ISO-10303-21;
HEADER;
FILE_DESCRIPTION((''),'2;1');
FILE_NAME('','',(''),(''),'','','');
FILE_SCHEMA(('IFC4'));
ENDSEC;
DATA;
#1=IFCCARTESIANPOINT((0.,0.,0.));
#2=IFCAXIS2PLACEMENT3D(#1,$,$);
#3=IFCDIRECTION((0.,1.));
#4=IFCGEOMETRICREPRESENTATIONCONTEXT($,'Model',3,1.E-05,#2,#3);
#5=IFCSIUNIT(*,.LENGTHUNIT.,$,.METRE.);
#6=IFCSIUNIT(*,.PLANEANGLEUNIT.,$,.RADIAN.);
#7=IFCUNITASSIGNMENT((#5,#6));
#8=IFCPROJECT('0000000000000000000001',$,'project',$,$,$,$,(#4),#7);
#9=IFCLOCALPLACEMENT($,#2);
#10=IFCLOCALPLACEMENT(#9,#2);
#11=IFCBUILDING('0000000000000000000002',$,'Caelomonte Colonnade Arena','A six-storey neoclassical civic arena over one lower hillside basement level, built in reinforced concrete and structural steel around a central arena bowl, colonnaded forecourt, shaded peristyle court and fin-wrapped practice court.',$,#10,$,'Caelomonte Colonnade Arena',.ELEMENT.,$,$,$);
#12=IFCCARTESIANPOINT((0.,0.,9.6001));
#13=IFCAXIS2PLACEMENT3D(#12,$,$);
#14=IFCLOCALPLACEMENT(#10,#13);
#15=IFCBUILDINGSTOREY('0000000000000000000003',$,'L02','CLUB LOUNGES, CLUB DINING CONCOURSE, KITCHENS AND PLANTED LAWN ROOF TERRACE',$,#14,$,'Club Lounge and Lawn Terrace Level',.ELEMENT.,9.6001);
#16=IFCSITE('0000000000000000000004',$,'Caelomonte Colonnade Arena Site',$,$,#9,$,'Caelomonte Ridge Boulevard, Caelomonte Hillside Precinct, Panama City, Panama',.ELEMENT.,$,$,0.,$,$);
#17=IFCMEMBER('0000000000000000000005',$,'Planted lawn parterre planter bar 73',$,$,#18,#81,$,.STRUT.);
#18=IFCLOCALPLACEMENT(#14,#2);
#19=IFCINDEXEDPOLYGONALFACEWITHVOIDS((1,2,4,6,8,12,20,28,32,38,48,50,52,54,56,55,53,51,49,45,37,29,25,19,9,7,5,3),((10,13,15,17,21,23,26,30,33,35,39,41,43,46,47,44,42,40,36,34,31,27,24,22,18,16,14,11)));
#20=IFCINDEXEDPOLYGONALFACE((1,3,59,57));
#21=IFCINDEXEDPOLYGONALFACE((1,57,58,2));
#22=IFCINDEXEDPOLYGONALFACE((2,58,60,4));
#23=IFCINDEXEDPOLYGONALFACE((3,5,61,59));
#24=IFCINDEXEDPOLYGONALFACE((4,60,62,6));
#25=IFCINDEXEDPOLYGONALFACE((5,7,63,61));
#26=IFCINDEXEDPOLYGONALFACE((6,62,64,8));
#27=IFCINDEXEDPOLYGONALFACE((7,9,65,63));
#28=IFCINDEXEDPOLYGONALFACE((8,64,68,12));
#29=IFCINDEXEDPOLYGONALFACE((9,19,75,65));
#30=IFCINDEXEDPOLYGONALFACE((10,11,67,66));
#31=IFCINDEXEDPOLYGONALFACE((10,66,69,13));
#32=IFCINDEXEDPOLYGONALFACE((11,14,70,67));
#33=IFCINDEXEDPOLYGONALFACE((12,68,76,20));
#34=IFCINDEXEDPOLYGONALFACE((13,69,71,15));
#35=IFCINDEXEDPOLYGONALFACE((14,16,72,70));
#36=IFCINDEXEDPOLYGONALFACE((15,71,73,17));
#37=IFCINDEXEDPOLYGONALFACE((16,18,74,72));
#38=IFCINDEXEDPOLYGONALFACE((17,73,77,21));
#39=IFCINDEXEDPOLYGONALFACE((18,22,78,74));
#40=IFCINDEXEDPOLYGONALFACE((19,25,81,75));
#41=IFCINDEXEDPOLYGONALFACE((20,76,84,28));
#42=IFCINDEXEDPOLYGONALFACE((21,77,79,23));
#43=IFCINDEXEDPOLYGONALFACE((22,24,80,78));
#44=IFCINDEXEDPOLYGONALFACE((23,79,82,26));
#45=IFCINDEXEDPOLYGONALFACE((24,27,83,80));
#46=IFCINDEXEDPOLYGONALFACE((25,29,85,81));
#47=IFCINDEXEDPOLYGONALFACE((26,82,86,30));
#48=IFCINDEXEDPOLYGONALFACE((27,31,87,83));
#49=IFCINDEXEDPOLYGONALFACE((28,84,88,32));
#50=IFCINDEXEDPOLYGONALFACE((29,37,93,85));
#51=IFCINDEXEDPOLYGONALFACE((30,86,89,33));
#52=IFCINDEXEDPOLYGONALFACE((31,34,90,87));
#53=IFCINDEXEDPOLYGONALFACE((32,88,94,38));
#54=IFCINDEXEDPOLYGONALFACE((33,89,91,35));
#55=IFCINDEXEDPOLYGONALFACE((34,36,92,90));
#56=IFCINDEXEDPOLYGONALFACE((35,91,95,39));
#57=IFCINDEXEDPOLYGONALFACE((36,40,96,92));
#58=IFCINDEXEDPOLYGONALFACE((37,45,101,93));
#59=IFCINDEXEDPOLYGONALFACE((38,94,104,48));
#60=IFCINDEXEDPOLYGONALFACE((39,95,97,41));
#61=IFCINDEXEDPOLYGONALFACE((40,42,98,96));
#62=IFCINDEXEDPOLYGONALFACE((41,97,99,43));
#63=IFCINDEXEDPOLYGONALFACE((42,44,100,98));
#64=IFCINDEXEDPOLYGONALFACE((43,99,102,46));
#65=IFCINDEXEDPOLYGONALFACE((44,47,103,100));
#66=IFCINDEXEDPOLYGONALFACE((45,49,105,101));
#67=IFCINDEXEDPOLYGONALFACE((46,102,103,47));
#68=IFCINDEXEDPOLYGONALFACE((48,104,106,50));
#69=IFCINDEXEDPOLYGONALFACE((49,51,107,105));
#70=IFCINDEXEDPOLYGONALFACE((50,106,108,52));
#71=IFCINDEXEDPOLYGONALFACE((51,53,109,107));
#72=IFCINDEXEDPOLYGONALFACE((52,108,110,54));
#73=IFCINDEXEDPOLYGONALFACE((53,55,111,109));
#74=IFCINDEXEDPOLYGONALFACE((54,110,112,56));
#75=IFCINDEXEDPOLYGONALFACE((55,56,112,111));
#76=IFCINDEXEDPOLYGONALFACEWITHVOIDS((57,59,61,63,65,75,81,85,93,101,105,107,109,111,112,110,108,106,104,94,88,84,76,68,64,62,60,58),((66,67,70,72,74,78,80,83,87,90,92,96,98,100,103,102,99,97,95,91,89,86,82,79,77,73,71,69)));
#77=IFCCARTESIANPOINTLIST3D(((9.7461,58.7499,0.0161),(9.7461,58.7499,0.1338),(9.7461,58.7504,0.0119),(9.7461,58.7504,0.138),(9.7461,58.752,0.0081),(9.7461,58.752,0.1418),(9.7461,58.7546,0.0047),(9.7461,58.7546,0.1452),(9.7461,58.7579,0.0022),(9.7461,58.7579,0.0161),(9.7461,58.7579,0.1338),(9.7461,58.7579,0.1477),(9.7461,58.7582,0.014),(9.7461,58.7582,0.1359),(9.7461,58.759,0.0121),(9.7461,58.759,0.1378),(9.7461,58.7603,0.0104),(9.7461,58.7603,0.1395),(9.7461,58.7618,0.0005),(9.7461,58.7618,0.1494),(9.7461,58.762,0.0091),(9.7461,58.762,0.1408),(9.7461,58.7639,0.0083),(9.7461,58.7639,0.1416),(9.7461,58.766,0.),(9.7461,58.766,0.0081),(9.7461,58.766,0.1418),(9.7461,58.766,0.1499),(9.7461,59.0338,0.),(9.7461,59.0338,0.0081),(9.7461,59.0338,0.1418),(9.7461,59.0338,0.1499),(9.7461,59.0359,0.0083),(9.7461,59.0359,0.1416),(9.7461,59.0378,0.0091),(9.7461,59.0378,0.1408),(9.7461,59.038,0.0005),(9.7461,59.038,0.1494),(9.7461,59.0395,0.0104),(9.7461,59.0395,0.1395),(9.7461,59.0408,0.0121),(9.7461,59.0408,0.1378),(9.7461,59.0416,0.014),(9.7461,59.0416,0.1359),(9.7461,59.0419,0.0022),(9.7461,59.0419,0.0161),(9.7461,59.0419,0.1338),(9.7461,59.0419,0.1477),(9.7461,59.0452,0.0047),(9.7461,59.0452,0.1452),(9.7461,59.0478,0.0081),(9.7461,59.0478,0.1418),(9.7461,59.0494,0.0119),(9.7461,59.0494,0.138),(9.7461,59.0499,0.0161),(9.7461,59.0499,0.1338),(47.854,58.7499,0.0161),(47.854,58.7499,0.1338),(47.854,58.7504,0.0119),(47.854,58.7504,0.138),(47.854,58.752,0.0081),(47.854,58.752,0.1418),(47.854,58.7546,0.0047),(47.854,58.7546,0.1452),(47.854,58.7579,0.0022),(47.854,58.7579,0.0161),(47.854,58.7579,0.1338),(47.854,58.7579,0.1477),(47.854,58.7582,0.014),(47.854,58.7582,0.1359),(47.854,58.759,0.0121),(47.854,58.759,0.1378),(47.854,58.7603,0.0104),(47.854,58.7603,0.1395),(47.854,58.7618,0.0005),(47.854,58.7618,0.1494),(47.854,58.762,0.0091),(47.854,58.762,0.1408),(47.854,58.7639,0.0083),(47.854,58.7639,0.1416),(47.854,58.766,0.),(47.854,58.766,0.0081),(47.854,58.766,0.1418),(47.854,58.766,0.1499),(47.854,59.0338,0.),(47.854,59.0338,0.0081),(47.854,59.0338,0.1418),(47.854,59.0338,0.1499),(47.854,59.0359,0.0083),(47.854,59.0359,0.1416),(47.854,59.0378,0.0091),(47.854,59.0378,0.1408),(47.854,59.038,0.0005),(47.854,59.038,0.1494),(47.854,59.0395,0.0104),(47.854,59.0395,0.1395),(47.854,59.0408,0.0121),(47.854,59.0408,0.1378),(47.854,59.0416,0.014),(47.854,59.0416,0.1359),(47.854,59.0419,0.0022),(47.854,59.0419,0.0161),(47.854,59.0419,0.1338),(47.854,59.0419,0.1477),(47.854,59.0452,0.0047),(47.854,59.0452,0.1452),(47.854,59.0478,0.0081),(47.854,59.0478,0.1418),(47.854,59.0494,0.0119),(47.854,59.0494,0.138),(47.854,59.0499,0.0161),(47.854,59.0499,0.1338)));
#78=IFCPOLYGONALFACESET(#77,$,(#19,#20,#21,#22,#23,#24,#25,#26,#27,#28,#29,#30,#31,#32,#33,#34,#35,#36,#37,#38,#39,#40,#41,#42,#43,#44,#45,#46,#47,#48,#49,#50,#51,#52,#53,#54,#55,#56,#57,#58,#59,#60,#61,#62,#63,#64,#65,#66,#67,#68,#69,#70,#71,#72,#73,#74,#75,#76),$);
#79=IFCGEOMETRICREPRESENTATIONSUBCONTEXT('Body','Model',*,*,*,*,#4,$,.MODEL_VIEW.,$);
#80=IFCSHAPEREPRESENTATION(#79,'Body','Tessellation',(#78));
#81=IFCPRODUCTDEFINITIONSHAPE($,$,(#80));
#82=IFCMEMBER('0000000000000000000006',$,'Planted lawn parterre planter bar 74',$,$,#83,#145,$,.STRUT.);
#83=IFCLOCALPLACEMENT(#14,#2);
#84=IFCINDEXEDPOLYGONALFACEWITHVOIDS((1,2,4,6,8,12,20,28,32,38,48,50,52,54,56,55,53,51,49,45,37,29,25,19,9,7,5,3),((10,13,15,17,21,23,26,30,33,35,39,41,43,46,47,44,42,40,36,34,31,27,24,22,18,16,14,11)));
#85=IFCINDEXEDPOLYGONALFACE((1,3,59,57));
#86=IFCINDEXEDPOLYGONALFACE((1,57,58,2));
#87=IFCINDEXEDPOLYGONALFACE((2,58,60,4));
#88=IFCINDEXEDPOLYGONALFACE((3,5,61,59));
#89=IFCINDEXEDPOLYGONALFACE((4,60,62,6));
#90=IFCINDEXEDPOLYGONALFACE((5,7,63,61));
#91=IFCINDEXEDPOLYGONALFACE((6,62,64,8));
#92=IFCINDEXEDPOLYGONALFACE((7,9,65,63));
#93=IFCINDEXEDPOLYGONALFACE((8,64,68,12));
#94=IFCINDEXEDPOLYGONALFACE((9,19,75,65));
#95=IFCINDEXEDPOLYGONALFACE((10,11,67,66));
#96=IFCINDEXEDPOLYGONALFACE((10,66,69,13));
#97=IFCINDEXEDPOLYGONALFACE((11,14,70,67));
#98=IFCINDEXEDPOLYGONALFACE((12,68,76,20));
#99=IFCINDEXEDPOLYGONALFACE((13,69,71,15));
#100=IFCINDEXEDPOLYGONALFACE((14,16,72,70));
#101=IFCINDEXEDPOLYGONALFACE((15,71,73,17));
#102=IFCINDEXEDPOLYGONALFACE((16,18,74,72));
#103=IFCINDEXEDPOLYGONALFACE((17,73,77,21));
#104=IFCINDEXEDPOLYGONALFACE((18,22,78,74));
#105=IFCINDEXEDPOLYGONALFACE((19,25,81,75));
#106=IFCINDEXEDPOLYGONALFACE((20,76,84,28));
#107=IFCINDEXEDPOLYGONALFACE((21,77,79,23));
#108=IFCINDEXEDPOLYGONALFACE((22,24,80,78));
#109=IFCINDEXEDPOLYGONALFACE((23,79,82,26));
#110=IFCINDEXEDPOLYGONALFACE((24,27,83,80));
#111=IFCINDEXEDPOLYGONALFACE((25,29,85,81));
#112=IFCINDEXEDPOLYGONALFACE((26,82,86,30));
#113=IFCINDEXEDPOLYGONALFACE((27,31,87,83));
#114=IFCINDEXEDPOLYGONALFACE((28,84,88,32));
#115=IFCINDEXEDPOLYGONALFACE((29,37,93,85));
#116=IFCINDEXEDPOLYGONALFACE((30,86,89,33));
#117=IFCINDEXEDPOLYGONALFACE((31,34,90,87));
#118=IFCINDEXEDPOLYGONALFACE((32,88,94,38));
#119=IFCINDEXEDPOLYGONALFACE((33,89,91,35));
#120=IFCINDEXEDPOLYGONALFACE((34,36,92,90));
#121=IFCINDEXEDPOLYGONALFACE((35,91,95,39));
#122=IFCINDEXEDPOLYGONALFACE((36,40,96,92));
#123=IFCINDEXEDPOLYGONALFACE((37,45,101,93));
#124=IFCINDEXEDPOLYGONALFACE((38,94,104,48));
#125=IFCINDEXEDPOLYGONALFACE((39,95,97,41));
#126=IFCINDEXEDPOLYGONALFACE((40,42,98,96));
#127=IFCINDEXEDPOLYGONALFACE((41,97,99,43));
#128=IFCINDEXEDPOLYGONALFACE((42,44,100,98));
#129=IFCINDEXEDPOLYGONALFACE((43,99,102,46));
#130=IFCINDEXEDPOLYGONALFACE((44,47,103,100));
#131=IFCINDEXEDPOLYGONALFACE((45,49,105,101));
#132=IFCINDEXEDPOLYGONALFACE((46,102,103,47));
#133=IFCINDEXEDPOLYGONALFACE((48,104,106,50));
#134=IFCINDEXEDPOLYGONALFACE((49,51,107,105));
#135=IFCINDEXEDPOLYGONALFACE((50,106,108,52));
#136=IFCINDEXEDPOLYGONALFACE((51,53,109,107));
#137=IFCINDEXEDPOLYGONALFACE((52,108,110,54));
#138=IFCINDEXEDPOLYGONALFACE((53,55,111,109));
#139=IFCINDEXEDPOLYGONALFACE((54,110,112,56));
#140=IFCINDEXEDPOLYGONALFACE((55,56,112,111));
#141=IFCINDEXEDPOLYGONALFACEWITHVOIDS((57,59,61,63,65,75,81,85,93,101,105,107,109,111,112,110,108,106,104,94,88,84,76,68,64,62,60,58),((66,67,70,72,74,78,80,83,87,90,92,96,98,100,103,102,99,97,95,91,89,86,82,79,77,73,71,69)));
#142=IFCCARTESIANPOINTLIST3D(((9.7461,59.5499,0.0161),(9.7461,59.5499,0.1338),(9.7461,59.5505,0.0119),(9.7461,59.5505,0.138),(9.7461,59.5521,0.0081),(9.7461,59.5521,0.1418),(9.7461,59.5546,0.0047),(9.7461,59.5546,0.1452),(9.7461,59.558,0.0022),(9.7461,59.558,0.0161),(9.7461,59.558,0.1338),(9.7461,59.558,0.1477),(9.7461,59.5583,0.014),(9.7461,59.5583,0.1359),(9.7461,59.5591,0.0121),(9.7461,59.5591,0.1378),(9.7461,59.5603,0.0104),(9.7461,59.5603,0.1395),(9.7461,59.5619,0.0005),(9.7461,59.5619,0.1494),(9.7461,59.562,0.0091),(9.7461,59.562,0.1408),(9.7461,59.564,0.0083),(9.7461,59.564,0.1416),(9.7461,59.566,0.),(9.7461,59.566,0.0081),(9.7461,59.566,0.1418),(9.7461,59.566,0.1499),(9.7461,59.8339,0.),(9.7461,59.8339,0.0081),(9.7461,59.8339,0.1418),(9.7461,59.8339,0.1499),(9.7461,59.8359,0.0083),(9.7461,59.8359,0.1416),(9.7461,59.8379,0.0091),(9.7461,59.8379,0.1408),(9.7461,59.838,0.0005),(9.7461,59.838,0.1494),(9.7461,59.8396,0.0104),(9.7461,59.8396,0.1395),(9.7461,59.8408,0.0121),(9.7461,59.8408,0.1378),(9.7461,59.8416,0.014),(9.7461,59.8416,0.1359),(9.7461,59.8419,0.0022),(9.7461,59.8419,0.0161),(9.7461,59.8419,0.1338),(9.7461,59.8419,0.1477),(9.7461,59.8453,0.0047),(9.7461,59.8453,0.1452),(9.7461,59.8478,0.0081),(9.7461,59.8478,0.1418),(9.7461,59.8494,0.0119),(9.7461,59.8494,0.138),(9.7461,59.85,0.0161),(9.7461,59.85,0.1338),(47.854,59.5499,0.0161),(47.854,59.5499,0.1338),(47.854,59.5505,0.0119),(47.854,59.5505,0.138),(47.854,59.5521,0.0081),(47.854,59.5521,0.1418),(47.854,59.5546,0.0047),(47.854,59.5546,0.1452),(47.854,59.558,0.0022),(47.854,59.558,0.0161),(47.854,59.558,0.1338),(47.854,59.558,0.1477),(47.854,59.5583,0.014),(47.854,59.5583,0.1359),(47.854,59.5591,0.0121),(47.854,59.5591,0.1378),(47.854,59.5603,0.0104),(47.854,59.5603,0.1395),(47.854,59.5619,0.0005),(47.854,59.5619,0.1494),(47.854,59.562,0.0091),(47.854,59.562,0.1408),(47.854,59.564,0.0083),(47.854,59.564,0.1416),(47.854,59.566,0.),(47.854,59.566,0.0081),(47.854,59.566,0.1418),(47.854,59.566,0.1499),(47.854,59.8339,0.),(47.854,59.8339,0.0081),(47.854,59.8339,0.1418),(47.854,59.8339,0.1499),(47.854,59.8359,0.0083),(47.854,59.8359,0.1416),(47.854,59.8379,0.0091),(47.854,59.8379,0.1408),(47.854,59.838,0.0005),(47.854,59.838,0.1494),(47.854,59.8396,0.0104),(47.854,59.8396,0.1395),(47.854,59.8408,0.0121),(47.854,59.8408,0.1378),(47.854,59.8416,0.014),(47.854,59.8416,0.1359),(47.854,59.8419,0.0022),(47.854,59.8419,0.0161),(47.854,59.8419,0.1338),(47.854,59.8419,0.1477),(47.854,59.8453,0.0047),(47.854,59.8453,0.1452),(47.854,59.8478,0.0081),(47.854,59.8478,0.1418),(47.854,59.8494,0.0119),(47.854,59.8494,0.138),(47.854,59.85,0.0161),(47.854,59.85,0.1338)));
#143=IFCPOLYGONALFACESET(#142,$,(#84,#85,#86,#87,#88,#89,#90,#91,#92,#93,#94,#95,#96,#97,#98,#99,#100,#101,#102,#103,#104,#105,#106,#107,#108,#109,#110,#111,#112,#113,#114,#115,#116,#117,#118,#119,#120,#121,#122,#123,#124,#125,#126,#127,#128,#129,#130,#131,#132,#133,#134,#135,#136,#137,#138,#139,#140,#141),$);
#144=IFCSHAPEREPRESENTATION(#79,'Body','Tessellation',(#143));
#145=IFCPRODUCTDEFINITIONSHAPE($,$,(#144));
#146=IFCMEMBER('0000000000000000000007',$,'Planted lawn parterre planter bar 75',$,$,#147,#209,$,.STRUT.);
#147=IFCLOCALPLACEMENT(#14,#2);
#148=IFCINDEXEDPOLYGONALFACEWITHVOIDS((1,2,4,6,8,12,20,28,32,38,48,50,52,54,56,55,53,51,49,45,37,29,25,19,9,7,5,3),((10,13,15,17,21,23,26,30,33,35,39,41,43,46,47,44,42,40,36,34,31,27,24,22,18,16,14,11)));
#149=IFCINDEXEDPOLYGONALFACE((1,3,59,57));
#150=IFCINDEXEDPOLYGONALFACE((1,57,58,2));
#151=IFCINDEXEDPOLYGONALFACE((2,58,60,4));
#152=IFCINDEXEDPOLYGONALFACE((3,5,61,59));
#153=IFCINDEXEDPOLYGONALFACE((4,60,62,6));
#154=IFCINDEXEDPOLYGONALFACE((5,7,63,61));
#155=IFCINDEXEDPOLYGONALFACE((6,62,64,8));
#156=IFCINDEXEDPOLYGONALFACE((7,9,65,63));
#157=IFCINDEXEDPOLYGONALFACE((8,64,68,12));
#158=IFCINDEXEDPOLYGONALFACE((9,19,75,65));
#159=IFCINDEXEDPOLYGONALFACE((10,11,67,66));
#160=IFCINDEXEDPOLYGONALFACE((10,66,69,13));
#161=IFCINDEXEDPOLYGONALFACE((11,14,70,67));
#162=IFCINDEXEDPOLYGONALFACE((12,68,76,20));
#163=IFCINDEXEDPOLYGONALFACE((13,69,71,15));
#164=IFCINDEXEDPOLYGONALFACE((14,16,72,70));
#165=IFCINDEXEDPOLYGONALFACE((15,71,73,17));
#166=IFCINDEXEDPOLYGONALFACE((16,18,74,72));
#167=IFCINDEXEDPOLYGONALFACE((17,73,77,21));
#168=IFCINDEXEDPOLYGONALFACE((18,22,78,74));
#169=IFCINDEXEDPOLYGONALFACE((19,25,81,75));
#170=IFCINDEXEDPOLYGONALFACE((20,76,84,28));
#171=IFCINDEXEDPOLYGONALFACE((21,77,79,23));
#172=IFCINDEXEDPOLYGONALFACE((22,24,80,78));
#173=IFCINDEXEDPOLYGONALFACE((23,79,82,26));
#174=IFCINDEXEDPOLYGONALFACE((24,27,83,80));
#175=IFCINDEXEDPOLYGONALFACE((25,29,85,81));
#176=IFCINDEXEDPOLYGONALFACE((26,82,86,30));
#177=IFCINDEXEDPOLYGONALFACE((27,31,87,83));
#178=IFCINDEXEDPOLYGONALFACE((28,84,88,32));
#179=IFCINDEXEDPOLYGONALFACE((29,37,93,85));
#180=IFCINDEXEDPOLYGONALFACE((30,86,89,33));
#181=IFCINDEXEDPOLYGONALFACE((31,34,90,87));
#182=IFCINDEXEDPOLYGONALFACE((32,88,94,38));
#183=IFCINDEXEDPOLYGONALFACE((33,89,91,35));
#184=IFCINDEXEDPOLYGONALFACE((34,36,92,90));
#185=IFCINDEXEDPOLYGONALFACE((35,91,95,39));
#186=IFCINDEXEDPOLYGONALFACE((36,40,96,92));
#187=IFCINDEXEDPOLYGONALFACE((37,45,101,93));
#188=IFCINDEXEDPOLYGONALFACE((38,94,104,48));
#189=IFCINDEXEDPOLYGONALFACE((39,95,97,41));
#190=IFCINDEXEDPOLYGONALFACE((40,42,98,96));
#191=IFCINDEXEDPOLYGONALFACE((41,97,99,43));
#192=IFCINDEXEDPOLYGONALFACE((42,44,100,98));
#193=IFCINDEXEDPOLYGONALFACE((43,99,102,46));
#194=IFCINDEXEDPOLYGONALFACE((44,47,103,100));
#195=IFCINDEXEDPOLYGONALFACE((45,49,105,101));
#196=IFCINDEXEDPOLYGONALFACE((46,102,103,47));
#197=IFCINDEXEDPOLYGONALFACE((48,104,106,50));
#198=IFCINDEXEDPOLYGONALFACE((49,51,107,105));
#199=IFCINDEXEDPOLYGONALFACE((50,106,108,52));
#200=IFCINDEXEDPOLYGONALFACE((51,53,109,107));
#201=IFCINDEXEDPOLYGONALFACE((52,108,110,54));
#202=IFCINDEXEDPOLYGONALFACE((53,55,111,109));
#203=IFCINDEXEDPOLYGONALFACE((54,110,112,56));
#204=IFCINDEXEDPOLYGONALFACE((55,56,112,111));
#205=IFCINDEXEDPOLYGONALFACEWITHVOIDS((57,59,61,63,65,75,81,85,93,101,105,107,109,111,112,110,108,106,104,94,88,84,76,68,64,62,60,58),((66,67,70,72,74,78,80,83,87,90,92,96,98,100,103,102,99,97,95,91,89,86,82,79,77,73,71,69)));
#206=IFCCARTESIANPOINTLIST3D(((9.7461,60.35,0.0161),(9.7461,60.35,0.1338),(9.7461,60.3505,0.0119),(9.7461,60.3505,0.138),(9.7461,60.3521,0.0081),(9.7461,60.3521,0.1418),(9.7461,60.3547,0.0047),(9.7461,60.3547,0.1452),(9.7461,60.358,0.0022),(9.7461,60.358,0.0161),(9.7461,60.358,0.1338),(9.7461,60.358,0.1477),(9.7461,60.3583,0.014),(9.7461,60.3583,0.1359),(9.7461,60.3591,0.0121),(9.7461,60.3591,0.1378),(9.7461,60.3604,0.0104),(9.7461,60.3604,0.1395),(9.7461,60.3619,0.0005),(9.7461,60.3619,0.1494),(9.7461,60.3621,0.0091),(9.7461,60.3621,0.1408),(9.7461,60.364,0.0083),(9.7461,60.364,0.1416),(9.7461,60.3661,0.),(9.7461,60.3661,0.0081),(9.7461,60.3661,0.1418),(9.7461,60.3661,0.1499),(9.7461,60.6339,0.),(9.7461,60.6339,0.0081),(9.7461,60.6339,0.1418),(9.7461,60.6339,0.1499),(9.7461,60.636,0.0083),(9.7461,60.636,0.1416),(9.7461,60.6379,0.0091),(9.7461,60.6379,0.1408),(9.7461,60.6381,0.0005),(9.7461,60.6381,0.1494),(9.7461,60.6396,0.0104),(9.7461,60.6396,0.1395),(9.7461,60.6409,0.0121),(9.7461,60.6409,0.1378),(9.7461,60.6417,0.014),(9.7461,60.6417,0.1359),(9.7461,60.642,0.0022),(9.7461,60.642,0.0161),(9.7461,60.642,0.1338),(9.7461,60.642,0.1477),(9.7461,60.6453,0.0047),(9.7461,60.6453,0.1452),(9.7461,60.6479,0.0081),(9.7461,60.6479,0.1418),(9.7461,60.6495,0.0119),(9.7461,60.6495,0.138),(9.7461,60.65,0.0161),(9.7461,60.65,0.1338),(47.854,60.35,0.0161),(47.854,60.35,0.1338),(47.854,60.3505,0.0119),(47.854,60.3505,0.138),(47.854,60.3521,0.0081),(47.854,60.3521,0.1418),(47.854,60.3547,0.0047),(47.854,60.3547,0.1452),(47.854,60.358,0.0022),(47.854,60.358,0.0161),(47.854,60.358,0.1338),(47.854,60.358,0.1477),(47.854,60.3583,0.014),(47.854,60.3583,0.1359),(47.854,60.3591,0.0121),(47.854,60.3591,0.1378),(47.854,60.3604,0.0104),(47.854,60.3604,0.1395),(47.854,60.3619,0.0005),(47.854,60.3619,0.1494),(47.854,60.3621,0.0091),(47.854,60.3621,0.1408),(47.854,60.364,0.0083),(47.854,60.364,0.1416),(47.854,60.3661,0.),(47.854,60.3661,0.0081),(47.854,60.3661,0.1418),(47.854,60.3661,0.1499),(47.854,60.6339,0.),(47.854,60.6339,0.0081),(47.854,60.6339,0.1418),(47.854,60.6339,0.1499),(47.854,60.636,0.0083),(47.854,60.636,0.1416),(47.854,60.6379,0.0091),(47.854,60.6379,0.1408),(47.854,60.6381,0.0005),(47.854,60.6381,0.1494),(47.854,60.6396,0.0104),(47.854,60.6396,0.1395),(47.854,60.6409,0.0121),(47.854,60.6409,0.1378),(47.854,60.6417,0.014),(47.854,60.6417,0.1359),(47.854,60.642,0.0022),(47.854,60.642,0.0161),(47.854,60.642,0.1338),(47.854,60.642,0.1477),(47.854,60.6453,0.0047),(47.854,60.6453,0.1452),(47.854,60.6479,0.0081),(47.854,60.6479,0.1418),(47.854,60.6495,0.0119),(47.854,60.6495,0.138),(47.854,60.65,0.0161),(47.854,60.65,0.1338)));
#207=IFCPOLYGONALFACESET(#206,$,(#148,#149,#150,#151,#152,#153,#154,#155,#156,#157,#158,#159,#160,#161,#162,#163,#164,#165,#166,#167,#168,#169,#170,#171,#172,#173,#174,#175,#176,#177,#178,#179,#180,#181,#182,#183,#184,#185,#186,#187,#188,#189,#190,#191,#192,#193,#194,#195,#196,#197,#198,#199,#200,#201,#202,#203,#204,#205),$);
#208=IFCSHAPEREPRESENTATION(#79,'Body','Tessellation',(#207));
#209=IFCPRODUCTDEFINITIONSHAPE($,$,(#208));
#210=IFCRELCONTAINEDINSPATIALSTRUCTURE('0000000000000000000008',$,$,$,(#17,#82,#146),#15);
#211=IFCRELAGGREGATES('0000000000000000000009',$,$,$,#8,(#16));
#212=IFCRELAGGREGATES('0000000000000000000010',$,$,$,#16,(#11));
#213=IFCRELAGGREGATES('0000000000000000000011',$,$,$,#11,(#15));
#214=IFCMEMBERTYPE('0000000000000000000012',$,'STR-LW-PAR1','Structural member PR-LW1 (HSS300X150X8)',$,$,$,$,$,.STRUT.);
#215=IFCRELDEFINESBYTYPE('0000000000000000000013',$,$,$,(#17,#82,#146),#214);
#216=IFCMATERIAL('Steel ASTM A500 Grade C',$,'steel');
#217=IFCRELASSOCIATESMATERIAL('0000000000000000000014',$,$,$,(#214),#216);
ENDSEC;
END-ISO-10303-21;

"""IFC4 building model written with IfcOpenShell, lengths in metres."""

from ifc_helpers import new_model, si_unit, direction, frame, origin, origin_2d, place, context, subcontext, project, spatial, hollow_rectangle, extrude, material, material_profile, profile_set, type_object, element, save


model = new_model("IFC4")

# Units and contexts
model_context = context("Model", 3, precision=1e-05, world=origin(), true_north=direction((0.0, 1.0)))
body_context = subcontext(model_context, "Body", "Model", "MODEL_VIEW")
ifc_project = project(units=[si_unit("LENGTHUNIT", "METRE"), si_unit("PLANEANGLEUNIT", "RADIAN")], contexts=[model_context])

# Site, building, storey
site_placement = place(None, origin())
site = spatial("IfcSite", under=ifc_project, at=site_placement, Name="Caelomonte Colonnade Arena Site", LongName="Caelomonte Ridge Boulevard, Caelomonte Hillside Precinct, Panama City, Panama", CompositionType="ELEMENT", RefElevation=0.0)
building_placement = place(site_placement, origin())
building = spatial("IfcBuilding", under=site, at=building_placement, Name="Caelomonte Colonnade Arena", Description="A six-storey neoclassical civic arena over one lower hillside basement level, built in reinforced concrete and structural steel around a central arena bowl, colonnaded forecourt, shaded peristyle court and fin-wrapped practice court.", LongName="Caelomonte Colonnade Arena", CompositionType="ELEMENT")
storey_placement = place(building_placement, frame((0.0, 0.0, 9.6001)))
storey = spatial("IfcBuildingStorey", under=building, at=storey_placement, Name="L02", Description="CLUB LOUNGES, CLUB DINING CONCOURSE, KITCHENS AND PLANTED LAWN ROOF TERRACE", LongName="Club Lounge and Lawn Terrace Level", CompositionType="ELEMENT", Elevation=9.6001)

# Members
ifc_material_1 = material(Name="Steel ASTM A500 Grade C", Category="steel")
ifc_material_profile_1 = material_profile(ifc_material_1, hollow_rectangle(XDim=0.3, YDim=0.1499, WallThickness=0.0081, InnerFilletRadius=0.0081, OuterFilletRadius=0.0161, at=origin_2d()), Name="HSS300X150X8")
ifc_profile_set_1 = profile_set([ifc_material_profile_1], Name="Steel ASTM A500 Grade C")
member_type = type_object("IfcMemberType", Name="STR-LW-PAR1", Description="Structural member PR-LW1 (HSS300X150X8)", PredefinedType="STRUT", material=ifc_profile_set_1)
for number, where, z_axis, x_axis, name in (
    (1, (9.7461, 58.8999, 0.075), (1.0, 0.0, 0.0), (0.0, 1.0, 0.0), "Planted lawn parterre planter bar 73"),
    (2, (9.7461, 59.7, 0.075), (1.0, 0.0, 0.0), (0.0, 1.0, 0.0), "Planted lawn parterre planter bar 74"),
    (3, (9.7461, 60.5, 0.075), (1.0, 0.0, 0.0), (0.0, 1.0, 0.0), "Planted lawn parterre planter bar 75"),
):
    element("IfcMember", number, at=place(storey_placement, frame(where, z_axis=z_axis, x_axis=x_axis)), inside=storey, type_object=member_type, Name=name, PredefinedType="STRUT", context=body_context, shape_type="SweptSolid", body=[
        extrude(hollow_rectangle(XDim=0.3, YDim=0.1499, WallThickness=0.0081, InnerFilletRadius=0.0081, OuterFilletRadius=0.0161, at=origin_2d()), origin(), (0.0, 0.0, 1.0), 38.1079),
    ])

save(model, "model.ifc")
